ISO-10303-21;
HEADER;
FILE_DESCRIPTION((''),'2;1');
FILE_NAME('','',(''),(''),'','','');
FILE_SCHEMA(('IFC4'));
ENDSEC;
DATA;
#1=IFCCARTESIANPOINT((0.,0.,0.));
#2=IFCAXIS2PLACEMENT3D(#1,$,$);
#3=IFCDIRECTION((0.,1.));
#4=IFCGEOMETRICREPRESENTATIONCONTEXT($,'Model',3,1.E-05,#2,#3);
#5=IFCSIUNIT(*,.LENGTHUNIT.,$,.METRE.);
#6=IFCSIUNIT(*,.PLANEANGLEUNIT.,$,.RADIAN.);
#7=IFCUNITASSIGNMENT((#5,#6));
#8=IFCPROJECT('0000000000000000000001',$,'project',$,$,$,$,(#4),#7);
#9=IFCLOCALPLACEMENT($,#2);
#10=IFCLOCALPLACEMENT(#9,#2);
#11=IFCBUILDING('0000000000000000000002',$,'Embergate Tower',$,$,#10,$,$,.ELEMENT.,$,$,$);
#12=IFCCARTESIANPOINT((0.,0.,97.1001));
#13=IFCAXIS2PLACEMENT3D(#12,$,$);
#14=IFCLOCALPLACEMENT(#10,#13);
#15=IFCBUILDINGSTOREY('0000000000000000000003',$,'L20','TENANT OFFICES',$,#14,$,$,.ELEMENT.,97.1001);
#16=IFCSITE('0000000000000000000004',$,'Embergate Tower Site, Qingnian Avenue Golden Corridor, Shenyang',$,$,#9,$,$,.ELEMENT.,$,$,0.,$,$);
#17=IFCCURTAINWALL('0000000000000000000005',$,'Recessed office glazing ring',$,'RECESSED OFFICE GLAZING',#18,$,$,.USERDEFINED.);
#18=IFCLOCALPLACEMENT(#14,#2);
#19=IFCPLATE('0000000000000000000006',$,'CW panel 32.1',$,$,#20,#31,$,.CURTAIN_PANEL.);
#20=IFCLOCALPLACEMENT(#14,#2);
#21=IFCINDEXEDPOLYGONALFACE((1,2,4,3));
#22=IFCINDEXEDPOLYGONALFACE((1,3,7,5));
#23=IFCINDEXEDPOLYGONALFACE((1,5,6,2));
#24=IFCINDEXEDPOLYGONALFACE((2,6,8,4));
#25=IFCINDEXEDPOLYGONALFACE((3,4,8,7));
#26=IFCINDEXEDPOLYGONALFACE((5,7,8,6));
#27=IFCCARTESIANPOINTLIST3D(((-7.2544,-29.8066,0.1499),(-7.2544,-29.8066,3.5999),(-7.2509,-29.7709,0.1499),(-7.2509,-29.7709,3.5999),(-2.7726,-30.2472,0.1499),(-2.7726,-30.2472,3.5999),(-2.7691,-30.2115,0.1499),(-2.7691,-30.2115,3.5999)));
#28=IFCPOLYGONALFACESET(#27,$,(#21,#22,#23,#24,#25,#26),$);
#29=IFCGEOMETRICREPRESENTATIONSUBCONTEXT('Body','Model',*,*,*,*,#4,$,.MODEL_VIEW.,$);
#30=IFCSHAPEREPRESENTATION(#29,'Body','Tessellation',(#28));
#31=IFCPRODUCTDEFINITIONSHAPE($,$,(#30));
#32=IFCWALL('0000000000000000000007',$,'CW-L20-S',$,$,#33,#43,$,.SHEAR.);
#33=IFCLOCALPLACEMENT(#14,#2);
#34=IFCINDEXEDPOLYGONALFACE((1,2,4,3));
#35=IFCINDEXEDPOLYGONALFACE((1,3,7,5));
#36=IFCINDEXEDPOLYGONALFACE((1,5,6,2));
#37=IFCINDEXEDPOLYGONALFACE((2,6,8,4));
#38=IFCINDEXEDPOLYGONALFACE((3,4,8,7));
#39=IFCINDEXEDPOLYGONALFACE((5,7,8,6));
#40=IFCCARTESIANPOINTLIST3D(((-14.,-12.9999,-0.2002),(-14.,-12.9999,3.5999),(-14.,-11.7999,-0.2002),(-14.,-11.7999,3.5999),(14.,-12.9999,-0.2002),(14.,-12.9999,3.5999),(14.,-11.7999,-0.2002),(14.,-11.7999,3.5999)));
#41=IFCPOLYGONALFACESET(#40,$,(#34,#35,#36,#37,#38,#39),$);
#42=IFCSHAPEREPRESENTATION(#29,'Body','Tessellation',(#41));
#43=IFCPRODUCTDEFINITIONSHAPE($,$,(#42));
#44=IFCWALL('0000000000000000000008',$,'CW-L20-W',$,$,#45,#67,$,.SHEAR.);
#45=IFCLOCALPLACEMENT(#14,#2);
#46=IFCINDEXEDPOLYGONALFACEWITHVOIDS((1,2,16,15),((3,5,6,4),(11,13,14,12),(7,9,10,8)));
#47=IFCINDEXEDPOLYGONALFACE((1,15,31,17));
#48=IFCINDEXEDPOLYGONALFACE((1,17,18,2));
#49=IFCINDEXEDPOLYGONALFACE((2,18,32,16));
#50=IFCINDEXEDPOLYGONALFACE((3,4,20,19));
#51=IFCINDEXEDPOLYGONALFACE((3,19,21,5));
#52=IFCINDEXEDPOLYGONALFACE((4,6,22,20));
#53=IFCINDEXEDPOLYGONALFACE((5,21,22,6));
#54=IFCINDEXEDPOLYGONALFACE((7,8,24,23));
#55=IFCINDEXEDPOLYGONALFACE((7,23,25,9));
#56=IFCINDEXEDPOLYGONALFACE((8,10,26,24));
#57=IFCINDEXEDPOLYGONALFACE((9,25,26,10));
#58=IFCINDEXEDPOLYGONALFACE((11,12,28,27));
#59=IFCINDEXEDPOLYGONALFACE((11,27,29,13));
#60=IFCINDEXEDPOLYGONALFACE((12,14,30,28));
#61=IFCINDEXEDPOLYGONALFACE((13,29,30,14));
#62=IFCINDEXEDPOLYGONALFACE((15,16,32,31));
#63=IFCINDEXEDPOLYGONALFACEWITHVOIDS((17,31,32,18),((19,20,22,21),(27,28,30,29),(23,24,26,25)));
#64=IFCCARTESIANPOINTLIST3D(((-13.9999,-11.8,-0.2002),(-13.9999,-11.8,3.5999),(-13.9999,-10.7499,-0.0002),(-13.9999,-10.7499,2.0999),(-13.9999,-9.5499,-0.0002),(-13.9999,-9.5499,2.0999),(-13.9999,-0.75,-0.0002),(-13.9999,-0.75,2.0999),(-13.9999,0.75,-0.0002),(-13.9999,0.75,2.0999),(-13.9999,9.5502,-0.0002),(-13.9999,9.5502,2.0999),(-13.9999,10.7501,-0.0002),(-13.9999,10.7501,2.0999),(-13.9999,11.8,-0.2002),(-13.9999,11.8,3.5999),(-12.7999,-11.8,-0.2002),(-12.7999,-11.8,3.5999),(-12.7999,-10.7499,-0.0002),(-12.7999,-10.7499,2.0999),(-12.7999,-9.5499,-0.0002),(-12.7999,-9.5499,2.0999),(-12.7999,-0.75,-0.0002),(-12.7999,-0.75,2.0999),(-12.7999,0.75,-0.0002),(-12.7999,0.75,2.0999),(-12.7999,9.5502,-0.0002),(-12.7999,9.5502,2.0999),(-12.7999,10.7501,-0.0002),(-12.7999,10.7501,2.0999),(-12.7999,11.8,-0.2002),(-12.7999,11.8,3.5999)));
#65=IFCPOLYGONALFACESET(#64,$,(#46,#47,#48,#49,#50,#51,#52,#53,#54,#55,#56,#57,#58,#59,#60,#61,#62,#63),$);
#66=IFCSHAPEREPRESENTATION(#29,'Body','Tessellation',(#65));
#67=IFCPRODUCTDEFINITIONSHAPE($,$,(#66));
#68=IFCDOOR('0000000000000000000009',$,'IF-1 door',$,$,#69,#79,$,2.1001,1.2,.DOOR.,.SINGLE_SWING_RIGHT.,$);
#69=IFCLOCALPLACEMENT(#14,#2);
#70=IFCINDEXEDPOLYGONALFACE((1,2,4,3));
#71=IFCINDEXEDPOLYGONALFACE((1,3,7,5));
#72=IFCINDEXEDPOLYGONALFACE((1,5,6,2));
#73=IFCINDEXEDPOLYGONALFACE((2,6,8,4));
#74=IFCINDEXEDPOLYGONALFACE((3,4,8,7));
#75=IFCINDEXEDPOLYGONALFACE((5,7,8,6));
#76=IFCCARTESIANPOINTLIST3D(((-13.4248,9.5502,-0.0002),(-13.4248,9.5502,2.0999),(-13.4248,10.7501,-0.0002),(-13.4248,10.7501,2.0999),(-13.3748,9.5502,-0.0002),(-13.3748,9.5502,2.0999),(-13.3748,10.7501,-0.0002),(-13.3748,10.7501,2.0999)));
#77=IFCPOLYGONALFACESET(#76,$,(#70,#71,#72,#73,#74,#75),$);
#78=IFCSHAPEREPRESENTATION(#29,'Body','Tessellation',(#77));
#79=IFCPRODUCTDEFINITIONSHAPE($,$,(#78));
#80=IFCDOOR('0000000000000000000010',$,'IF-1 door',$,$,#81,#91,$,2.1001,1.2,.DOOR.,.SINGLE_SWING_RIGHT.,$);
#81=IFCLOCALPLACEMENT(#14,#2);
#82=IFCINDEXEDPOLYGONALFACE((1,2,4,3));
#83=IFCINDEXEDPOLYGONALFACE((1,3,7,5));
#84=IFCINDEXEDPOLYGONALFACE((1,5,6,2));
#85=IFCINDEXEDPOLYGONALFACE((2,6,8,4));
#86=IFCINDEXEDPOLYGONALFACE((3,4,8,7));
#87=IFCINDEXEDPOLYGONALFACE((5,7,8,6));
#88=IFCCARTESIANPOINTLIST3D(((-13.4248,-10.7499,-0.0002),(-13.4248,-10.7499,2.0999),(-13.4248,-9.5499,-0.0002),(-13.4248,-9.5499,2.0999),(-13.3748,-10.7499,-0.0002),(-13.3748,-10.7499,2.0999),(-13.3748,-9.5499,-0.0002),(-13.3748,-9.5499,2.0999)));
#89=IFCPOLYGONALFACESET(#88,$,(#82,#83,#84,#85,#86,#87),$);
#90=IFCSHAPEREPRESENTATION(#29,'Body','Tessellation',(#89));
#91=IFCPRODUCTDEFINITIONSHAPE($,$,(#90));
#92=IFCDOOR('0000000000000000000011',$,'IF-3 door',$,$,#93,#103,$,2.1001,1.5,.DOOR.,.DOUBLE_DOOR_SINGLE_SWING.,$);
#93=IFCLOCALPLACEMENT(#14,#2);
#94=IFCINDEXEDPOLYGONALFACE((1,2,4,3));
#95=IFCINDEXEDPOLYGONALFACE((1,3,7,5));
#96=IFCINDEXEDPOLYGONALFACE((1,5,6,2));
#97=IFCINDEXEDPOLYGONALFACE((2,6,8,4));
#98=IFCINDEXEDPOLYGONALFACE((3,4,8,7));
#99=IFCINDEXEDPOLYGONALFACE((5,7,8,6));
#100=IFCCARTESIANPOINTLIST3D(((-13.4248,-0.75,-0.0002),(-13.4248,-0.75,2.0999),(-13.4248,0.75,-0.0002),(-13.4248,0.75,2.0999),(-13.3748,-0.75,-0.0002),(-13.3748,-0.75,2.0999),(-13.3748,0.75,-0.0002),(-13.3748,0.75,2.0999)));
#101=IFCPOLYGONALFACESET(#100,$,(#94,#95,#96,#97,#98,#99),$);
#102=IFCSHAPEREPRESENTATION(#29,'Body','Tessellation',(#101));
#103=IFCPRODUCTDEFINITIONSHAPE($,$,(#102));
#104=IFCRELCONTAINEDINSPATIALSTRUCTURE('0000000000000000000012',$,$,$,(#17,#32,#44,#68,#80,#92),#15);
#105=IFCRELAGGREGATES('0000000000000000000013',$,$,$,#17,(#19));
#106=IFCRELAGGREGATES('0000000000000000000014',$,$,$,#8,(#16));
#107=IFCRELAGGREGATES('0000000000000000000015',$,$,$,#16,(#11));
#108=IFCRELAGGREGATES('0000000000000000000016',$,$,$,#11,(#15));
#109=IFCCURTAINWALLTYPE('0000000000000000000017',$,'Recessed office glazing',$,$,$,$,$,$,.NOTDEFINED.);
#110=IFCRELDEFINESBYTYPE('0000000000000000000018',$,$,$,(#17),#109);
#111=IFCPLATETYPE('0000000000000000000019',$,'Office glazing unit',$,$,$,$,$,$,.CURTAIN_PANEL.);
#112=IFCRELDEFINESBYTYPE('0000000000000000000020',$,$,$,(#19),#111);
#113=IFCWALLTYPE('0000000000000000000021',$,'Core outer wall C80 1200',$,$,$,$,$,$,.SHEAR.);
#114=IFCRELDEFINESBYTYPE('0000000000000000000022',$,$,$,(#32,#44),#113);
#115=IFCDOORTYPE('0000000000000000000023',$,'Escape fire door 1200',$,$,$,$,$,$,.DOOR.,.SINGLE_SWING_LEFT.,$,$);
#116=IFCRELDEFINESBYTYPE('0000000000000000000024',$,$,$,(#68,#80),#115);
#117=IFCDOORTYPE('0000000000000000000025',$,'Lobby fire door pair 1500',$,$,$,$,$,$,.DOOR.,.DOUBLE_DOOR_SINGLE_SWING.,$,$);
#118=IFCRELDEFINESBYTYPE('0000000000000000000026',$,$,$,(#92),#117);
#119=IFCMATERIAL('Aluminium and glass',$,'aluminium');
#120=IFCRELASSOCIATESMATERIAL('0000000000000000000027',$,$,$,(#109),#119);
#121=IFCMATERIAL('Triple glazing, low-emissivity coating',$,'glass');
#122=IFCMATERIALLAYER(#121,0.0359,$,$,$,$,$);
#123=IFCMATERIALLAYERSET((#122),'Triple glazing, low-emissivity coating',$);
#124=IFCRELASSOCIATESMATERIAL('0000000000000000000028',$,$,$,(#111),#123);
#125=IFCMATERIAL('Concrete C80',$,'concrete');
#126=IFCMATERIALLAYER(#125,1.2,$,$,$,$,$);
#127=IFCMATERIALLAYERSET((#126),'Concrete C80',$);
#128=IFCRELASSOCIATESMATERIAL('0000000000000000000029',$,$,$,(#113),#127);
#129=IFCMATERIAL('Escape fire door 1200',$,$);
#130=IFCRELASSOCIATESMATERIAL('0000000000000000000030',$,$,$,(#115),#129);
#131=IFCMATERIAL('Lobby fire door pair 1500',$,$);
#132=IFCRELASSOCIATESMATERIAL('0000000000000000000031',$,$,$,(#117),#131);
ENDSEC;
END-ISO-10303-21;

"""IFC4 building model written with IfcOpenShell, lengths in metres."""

from ifc_helpers import new_model, si_unit, direction, frame, frame_2d, origin, origin_2d, place, context, subcontext, project, spatial, rectangle, extrude, source, transform, mapped, material, layer, layer_set, type_object, element, fill, aggregate, save


model = new_model("IFC4")

# Units and contexts
model_context = context("Model", 3, precision=1e-05, world=origin(), true_north=direction((0.0, 1.0)))
body_context = subcontext(model_context, "Body", "Model", "MODEL_VIEW")
ifc_project = project(units=[si_unit("LENGTHUNIT", "METRE"), si_unit("PLANEANGLEUNIT", "RADIAN")], contexts=[model_context])

# Site, building, storey
site_placement = place(None, origin())
site = spatial("IfcSite", under=ifc_project, at=site_placement, Name="Embergate Tower Site, Qingnian Avenue Golden Corridor, Shenyang", CompositionType="ELEMENT", RefElevation=0.0)
building_placement = place(site_placement, origin())
building = spatial("IfcBuilding", under=site, at=building_placement, Name="Embergate Tower", CompositionType="ELEMENT")
storey_placement = place(building_placement, frame((0.0, 0.0, 97.1001)))
storey = spatial("IfcBuildingStorey", under=building, at=storey_placement, Name="L20", Description="TENANT OFFICES", CompositionType="ELEMENT", Elevation=97.1001)

# Curtain wall, plate
ifc_material_1 = material(Name="Aluminium and glass", Category="aluminium")
curtain_wall_type = type_object("IfcCurtainWallType", Name="Recessed office glazing", PredefinedType="NOTDEFINED", material=ifc_material_1)
curtain_wall_placement = place(storey_placement, origin())
curtain_wall = element("IfcCurtainWall", 1, at=curtain_wall_placement, inside=storey, type_object=curtain_wall_type, Name="Recessed office glazing ring", ObjectType="RECESSED OFFICE GLAZING", PredefinedType="USERDEFINED")
ifc_material_2 = material(Name="Triple glazing, low-emissivity coating", Category="glass")
ifc_layer_1 = layer(ifc_material_2, 0.0359)
ifc_layer_set_1 = layer_set([ifc_layer_1], Name="Triple glazing, low-emissivity coating")
plate_type = type_object("IfcPlateType", Name="Office glazing unit", PredefinedType="CURTAIN_PANEL", material=ifc_layer_set_1)
shared_shape_1 = source(origin(), body_context, "Body", "SweptSolid", [
    extrude(rectangle(XDim=4.5034, YDim=0.0359, at=origin_2d()), origin(), (0.0, 0.0, 1.0), 3.45),
])
plate_1_placement = place(storey_placement, frame((-5.0117, -30.009, 0.1499), z_axis=(0.0, 0.0, 1.0), x_axis=(0.995203, -0.097831, 0.0)))
plate_1 = element("IfcPlate", 2, at=plate_1_placement, type_object=plate_type, Name="CW panel 32.1", PredefinedType="CURTAIN_PANEL", context=body_context, shape_type="MappedRepresentation", body=[
    mapped(shared_shape_1, transform((0.0, 0.0, 0.0))),
])
aggregate(curtain_wall, [plate_1])

# Wall
ifc_material_3 = material(Name="Concrete C80", Category="concrete")
ifc_layer_2 = layer(ifc_material_3, 1.2)
ifc_layer_set_2 = layer_set([ifc_layer_2], Name="Concrete C80")
wall_type_1 = type_object("IfcWallType", Name="Core outer wall C80 1200", PredefinedType="SHEAR", material=ifc_layer_set_2)
shared_shape_2 = source(origin(), body_context, "Body", "SweptSolid", [
    extrude(rectangle(XDim=28.0, YDim=1.2, at=frame_2d((14.0, 0.0))), origin(), (0.0, 0.0, 1.0), 3.8),
])
wall_1_placement = place(storey_placement, frame((-14.0, -12.3999, -0.2002), z_axis=(0.0, 0.0, 1.0), x_axis=(1.0, 0.0, 0.0)))
element("IfcWall", 3, at=wall_1_placement, inside=storey, type_object=wall_type_1, Name="CW-L20-S", PredefinedType="SHEAR", context=body_context, shape_type="MappedRepresentation", body=[
    mapped(shared_shape_2, transform((0.0, 0.0, 0.0))),
])

# Wall, openings, doors
shared_shape_3 = source(origin(), body_context, "Body", "SweptSolid", [
    extrude(rectangle(XDim=23.6001, YDim=1.2, at=frame_2d((11.8, 0.0))), origin(), (0.0, 0.0, 1.0), 3.8),
])
wall_2_placement = place(storey_placement, frame((-13.3999, -11.8, -0.2002), z_axis=(0.0, 0.0, 1.0), x_axis=(0.0, 1.0, 0.0)))
wall_2 = element("IfcWall", 4, at=wall_2_placement, inside=storey, type_object=wall_type_1, Name="CW-L20-W", PredefinedType="SHEAR", context=body_context, shape_type="MappedRepresentation", body=[
    mapped(shared_shape_3, transform((0.0, 0.0, 0.0))),
])
shared_shape_4 = source(origin(), body_context, "Body", "SweptSolid", [
    extrude(rectangle(XDim=1.2, YDim=2.1001, at=frame_2d((0.6001, 1.05))), frame((0.0, 0.6099, 0.0), z_axis=(0.0, -1.0, 0.0), x_axis=(1.0, 0.0, 0.0)), (0.0, 0.0, 1.0), 1.22),
])
opening_1_placement = place(wall_2_placement, frame((21.3501, 0.0, 0.2)))
opening_1 = element("IfcOpeningElement", 5, at=opening_1_placement, cuts=wall_2, PredefinedType="OPENING", context=body_context, shape_type="MappedRepresentation", body=[
    mapped(shared_shape_4, transform((0.0, 0.0, 0.0))),
])
opening_2_placement = place(wall_2_placement, frame((1.05, 0.0, 0.2)))
opening_2 = element("IfcOpeningElement", 6, at=opening_2_placement, cuts=wall_2, PredefinedType="OPENING", context=body_context, shape_type="MappedRepresentation", body=[
    mapped(shared_shape_4, transform((0.0, 0.0, 0.0))),
])
shared_shape_5 = source(origin(), body_context, "Body", "SweptSolid", [
    extrude(rectangle(XDim=1.5, YDim=2.1001, at=frame_2d((0.75, 1.05))), frame((0.0, 0.6099, 0.0), z_axis=(0.0, -1.0, 0.0), x_axis=(1.0, 0.0, 0.0)), (0.0, 0.0, 1.0), 1.22),
])
opening_3_placement = place(wall_2_placement, frame((11.05, 0.0, 0.2)))
opening_3 = element("IfcOpeningElement", 7, at=opening_3_placement, cuts=wall_2, PredefinedType="OPENING", context=body_context, shape_type="MappedRepresentation", body=[
    mapped(shared_shape_5, transform((0.0, 0.0, 0.0))),
])
ifc_material_4 = material(Name="Escape fire door 1200")
door_type_1 = type_object("IfcDoorType", Name="Escape fire door 1200", OperationType="SINGLE_SWING_LEFT", PredefinedType="DOOR", material=ifc_material_4)
shared_shape_6 = source(origin(), body_context, "Body", "SweptSolid", [
    extrude(rectangle(XDim=1.2, YDim=2.1001, at=frame_2d((0.6001, 1.05))), frame((0.0, 0.0249, 0.0), z_axis=(0.0, -1.0, 0.0), x_axis=(1.0, 0.0, 0.0)), (0.0, 0.0, 1.0), 0.05),
])
door_1_placement = place(opening_1_placement, origin())
door_1 = element("IfcDoor", 8, at=door_1_placement, inside=storey, type_object=door_type_1, Name="IF-1 door", OperationType="SINGLE_SWING_RIGHT", OverallHeight=2.1001, OverallWidth=1.2, PredefinedType="DOOR", context=body_context, shape_type="MappedRepresentation", body=[
    mapped(shared_shape_6, transform((0.0, 0.0, 0.0))),
])
fill(opening_1, door_1)
door_2_placement = place(opening_2_placement, origin())
door_2 = element("IfcDoor", 9, at=door_2_placement, inside=storey, type_object=door_type_1, Name="IF-1 door", OperationType="SINGLE_SWING_RIGHT", OverallHeight=2.1001, OverallWidth=1.2, PredefinedType="DOOR", context=body_context, shape_type="MappedRepresentation", body=[
    mapped(shared_shape_6, transform((0.0, 0.0, 0.0))),
])
fill(opening_2, door_2)
ifc_material_5 = material(Name="Lobby fire door pair 1500")
door_type_2 = type_object("IfcDoorType", Name="Lobby fire door pair 1500", OperationType="DOUBLE_DOOR_SINGLE_SWING", PredefinedType="DOOR", material=ifc_material_5)
shared_shape_7 = source(origin(), body_context, "Body", "SweptSolid", [
    extrude(rectangle(XDim=1.5, YDim=2.1001, at=frame_2d((0.75, 1.05))), frame((0.0, 0.0249, 0.0), z_axis=(0.0, -1.0, 0.0), x_axis=(1.0, 0.0, 0.0)), (0.0, 0.0, 1.0), 0.05),
])
door_3_placement = place(opening_3_placement, origin())
door_3 = element("IfcDoor", 10, at=door_3_placement, inside=storey, type_object=door_type_2, Name="IF-3 door", OperationType="DOUBLE_DOOR_SINGLE_SWING", OverallHeight=2.1001, OverallWidth=1.5, PredefinedType="DOOR", context=body_context, shape_type="MappedRepresentation", body=[
    mapped(shared_shape_7, transform((0.0, 0.0, 0.0))),
])
fill(opening_3, door_3)

save(model, "model.ifc")
